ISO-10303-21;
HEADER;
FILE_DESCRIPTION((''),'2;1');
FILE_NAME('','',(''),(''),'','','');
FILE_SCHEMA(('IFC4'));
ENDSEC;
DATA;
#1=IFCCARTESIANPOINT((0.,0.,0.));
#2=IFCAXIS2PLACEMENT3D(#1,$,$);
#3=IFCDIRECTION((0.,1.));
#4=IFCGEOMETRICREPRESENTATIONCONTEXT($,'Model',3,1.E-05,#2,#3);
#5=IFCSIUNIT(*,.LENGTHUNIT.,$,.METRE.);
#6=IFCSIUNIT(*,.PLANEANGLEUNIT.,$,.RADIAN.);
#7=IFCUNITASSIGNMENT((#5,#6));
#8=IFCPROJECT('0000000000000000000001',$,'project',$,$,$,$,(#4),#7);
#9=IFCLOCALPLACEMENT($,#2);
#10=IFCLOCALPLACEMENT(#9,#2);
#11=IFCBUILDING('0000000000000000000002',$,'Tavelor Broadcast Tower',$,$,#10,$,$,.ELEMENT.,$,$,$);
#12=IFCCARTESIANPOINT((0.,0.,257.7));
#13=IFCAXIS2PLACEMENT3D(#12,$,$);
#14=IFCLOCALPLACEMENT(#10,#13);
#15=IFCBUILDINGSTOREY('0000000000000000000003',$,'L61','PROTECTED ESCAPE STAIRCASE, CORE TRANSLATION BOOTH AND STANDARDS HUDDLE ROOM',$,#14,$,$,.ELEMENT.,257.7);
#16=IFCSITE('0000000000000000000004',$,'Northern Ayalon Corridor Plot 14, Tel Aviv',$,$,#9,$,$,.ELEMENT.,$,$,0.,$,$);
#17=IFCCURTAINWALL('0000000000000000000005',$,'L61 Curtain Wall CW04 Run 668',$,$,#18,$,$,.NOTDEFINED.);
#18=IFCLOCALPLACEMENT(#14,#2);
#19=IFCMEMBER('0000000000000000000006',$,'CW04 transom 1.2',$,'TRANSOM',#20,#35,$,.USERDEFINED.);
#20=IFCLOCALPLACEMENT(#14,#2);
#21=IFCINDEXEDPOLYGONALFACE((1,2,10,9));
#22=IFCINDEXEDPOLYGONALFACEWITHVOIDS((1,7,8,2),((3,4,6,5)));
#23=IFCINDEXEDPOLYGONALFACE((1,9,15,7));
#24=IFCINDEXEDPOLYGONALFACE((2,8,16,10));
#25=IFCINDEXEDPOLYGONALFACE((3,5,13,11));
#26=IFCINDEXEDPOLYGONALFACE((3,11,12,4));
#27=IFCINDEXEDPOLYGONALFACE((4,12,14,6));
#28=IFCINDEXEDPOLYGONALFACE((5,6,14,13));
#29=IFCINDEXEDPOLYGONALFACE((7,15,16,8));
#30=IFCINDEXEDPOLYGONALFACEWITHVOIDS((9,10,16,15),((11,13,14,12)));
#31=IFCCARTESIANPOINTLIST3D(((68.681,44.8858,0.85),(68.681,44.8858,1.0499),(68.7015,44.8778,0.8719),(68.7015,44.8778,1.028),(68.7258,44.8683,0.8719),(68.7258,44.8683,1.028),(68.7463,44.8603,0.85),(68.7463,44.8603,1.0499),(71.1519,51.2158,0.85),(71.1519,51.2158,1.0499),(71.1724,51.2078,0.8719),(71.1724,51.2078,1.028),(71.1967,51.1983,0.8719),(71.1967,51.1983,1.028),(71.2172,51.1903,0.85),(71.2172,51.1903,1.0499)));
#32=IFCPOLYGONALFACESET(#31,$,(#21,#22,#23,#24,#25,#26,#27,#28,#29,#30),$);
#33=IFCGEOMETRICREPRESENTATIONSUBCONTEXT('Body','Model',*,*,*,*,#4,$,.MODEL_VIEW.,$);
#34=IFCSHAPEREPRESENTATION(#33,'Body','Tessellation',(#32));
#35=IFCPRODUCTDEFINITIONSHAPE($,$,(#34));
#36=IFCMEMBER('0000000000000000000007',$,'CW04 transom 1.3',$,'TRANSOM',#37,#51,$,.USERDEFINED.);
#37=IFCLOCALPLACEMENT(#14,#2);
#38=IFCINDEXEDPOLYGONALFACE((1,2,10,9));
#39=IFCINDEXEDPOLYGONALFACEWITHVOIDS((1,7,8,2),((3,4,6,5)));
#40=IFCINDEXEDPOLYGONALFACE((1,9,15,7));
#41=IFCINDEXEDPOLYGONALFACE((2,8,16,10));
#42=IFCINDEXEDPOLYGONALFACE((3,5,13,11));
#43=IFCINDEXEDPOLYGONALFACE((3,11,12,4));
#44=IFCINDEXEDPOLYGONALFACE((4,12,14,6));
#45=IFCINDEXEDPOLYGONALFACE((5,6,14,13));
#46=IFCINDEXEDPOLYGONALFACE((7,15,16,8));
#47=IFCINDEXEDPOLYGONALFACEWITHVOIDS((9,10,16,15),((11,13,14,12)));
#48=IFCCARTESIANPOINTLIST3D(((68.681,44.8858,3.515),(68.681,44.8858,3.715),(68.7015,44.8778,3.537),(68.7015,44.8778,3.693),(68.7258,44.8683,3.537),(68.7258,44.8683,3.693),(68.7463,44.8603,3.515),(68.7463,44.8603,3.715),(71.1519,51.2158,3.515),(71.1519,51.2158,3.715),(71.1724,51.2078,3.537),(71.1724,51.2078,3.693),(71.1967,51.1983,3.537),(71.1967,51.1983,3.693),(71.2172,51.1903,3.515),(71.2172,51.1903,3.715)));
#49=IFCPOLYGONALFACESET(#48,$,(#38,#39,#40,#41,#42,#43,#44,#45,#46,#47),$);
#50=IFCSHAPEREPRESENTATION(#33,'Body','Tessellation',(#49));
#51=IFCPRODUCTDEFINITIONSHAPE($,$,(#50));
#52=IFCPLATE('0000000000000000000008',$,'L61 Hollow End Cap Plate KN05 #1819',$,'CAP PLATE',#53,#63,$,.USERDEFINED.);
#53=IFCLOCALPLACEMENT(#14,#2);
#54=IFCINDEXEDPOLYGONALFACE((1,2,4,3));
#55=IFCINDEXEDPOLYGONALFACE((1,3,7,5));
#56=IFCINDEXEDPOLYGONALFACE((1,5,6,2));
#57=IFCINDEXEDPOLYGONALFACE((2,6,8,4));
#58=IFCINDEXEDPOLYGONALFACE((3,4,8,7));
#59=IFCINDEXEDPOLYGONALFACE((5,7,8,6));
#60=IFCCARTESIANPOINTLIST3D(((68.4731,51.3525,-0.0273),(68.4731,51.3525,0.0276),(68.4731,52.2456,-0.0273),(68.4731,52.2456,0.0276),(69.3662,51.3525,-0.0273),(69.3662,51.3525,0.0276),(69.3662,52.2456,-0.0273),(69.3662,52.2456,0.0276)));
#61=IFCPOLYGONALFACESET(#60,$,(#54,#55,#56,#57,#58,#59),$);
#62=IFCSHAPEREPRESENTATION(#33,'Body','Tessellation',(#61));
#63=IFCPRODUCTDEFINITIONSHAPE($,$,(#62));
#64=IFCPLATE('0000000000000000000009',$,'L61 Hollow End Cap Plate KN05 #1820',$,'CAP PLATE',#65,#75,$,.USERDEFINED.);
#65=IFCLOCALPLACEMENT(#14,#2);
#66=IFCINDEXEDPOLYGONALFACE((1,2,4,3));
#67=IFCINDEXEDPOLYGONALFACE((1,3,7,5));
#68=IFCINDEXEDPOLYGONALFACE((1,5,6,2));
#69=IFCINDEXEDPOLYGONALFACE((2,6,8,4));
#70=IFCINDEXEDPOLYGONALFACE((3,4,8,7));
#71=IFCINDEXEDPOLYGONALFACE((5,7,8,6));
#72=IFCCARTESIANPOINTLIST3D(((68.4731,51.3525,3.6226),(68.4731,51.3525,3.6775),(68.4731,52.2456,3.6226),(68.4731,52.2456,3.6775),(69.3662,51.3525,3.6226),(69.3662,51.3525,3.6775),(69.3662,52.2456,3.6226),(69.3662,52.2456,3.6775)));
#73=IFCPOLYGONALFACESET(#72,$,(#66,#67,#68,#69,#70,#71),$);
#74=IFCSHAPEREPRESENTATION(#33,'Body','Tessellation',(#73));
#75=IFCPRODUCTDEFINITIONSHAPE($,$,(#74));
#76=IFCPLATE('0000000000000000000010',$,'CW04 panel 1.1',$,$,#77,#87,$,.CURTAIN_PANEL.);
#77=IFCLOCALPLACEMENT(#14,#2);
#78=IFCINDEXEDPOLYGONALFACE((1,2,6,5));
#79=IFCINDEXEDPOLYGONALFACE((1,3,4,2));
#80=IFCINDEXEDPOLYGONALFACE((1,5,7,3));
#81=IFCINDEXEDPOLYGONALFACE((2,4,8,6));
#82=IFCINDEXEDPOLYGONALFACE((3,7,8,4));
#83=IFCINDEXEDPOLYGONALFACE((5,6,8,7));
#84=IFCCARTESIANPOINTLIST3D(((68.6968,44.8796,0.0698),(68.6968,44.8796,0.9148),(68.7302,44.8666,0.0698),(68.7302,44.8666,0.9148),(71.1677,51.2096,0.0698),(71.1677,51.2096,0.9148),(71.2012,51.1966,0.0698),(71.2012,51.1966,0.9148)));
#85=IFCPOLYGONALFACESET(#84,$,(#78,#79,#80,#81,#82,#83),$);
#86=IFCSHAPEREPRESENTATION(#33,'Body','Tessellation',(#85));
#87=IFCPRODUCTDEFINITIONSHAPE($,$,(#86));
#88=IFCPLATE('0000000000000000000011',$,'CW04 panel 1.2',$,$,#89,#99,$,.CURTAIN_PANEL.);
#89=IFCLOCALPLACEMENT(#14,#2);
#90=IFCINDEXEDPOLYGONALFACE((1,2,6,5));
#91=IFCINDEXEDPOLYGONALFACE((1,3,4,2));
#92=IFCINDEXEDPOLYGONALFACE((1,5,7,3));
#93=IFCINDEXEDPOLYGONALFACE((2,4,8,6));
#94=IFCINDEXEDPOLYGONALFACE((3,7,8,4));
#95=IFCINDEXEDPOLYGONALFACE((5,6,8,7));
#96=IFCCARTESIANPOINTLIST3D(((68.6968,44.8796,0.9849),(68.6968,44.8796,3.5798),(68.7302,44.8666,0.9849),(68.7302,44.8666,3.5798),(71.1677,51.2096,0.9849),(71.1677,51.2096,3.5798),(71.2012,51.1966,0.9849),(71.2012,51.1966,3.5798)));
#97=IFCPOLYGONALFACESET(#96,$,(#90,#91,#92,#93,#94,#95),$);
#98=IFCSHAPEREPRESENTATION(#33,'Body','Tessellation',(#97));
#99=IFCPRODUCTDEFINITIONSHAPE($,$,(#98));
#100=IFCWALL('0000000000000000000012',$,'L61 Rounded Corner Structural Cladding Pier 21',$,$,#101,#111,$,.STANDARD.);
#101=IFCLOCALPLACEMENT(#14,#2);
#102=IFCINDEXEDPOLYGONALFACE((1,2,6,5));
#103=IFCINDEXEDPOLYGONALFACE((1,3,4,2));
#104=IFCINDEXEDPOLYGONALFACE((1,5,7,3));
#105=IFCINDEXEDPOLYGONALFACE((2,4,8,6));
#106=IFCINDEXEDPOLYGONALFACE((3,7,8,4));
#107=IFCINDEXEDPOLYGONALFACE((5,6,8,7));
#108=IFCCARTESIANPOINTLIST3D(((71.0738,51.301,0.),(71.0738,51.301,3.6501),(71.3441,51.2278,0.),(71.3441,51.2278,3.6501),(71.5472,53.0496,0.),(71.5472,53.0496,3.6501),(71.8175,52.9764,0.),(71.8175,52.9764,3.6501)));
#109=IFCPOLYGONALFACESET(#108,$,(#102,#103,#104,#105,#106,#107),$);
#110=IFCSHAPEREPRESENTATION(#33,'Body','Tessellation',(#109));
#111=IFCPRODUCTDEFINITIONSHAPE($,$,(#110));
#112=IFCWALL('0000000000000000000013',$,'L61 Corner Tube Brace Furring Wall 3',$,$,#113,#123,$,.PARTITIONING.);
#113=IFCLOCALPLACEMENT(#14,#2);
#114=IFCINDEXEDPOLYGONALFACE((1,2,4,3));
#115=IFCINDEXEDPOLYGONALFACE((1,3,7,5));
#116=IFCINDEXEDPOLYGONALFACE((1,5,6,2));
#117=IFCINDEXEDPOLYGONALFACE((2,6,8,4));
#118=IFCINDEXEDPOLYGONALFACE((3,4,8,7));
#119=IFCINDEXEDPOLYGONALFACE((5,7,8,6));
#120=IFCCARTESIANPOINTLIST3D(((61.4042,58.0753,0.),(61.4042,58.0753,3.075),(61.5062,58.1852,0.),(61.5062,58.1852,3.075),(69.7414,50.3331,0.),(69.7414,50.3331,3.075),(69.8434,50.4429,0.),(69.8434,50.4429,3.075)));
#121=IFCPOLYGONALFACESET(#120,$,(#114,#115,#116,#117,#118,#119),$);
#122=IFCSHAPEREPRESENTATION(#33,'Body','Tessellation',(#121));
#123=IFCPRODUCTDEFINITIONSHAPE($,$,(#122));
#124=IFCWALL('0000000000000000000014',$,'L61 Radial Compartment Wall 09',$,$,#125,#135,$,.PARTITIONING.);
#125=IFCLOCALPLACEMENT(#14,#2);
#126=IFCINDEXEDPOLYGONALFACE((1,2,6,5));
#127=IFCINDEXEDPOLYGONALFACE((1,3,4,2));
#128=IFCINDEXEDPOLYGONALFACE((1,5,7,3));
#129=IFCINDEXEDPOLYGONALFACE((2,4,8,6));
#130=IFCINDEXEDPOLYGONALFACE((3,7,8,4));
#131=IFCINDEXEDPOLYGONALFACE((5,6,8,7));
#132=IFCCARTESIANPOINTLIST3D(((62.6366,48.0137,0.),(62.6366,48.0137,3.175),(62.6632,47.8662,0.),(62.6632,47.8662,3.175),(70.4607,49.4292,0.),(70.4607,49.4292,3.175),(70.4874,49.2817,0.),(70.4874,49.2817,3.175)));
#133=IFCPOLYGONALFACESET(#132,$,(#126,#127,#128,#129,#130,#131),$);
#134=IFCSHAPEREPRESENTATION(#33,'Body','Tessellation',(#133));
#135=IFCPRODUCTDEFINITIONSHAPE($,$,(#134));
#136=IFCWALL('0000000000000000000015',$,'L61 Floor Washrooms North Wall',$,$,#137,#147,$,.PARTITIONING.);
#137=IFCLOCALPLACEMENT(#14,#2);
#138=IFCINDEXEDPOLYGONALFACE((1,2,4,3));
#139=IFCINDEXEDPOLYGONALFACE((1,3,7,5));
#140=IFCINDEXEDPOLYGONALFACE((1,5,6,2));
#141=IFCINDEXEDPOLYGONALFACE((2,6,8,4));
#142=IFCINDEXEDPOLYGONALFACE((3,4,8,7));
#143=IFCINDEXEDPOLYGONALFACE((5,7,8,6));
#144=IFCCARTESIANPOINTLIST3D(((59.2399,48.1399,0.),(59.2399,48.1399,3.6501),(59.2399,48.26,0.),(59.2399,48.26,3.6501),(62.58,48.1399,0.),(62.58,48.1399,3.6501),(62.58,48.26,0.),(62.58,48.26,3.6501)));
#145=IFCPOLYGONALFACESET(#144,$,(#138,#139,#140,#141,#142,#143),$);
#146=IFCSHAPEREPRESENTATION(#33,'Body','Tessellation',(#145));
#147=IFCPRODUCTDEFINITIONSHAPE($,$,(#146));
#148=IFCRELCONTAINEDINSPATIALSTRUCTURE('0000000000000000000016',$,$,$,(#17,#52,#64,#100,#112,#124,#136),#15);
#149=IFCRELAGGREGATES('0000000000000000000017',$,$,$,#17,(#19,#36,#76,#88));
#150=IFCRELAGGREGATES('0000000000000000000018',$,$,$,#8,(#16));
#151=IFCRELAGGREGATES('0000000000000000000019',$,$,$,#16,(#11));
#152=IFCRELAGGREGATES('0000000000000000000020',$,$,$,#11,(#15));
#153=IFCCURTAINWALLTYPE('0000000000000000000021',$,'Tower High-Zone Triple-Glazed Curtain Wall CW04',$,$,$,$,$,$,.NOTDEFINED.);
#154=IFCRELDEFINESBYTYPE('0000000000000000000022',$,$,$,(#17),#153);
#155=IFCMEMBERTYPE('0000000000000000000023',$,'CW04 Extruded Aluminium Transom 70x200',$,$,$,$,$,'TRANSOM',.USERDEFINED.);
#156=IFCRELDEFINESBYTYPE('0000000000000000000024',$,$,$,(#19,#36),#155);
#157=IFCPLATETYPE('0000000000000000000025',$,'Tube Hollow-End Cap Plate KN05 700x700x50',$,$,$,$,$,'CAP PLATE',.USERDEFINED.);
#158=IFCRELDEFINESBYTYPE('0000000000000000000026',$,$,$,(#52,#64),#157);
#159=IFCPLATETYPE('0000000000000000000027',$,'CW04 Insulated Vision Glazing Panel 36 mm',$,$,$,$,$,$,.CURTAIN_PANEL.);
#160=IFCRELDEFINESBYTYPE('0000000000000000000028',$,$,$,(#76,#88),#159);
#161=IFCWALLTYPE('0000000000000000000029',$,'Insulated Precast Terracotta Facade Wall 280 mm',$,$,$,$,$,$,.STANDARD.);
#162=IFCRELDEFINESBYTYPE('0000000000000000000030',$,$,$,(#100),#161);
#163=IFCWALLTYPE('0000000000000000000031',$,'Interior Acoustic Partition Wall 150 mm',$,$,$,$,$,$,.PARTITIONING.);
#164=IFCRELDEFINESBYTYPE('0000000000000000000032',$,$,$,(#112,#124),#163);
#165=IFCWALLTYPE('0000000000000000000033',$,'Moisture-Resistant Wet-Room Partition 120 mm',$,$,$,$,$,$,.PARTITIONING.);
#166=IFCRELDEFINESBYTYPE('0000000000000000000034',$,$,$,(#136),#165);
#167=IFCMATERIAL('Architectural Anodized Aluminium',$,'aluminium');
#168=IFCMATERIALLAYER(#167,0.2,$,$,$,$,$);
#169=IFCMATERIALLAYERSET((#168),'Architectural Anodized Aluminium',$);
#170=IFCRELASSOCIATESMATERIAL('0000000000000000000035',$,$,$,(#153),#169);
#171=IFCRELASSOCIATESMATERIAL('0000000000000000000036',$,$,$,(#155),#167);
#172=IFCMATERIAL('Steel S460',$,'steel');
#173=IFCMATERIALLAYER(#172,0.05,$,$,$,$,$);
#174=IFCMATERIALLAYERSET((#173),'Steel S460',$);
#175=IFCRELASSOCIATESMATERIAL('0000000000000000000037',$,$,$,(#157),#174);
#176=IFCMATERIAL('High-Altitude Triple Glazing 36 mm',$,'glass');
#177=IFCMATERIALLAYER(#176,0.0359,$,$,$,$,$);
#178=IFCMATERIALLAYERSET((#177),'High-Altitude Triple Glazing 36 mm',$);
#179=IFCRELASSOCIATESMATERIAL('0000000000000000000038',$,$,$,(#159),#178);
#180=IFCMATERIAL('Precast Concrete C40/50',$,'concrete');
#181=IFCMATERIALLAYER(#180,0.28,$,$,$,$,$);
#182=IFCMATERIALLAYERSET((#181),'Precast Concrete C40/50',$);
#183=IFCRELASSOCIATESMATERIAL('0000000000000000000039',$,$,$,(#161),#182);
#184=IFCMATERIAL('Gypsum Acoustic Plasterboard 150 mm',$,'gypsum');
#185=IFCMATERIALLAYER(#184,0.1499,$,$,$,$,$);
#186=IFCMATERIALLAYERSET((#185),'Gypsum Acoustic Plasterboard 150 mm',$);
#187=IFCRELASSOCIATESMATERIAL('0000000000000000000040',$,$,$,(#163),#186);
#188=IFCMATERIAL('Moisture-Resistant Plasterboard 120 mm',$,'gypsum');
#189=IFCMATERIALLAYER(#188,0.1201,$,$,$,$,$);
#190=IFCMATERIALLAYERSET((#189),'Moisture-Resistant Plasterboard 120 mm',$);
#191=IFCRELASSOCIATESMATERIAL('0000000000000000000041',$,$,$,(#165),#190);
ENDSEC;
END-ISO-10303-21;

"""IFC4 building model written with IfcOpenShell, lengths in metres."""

from ifc_helpers import new_model, si_unit, direction, frame, frame_2d, origin, origin_2d, place, context, subcontext, project, spatial, rectangle, hollow_rectangle, extrude, source, transform, mapped, material, layer, layer_set, material_profile, profile_set, type_object, type_shapes, element, aggregate, save


model = new_model("IFC4")

# Units and contexts
model_context = context("Model", 3, precision=1e-05, world=origin(), true_north=direction((0.0, 1.0)))
body_context = subcontext(model_context, "Body", "Model", "MODEL_VIEW")
ifc_project = project(units=[si_unit("LENGTHUNIT", "METRE"), si_unit("PLANEANGLEUNIT", "RADIAN")], contexts=[model_context])

# Site, building, storey
site_placement = place(None, origin())
site = spatial("IfcSite", under=ifc_project, at=site_placement, Name="Northern Ayalon Corridor Plot 14, Tel Aviv", CompositionType="ELEMENT", RefElevation=0.0)
building_placement = place(site_placement, origin())
building = spatial("IfcBuilding", under=site, at=building_placement, Name="Tavelor Broadcast Tower", CompositionType="ELEMENT")
storey_placement = place(building_placement, frame((0.0, 0.0, 257.7)))
storey = spatial("IfcBuildingStorey", under=building, at=storey_placement, Name="L61", Description="PROTECTED ESCAPE STAIRCASE, CORE TRANSLATION BOOTH AND STANDARDS HUDDLE ROOM", CompositionType="ELEMENT", Elevation=257.7)

# Shared definitions
ifc_material_1 = material(Name="Steel S460", Category="steel")

# Curtain wall, members
ifc_material_2 = material(Name="Architectural Anodized Aluminium", Category="aluminium")
ifc_layer_1 = layer(ifc_material_2, 0.2)
ifc_layer_set_1 = layer_set([ifc_layer_1], Name="Architectural Anodized Aluminium")
curtain_wall_type = type_object("IfcCurtainWallType", Name="Tower High-Zone Triple-Glazed Curtain Wall CW04", PredefinedType="NOTDEFINED", material=ifc_layer_set_1)
curtain_wall_placement = place(storey_placement, origin())
curtain_wall = element("IfcCurtainWall", 1, at=curtain_wall_placement, inside=storey, type_object=curtain_wall_type, Name="L61 Curtain Wall CW04 Run 668", PredefinedType="NOTDEFINED")
ifc_material_profile_1 = material_profile(ifc_material_2, hollow_rectangle(XDim=0.0701, YDim=0.2, WallThickness=0.022, at=origin_2d()), Name="RHS 70x200x22")
ifc_profile_set_1 = profile_set([ifc_material_profile_1], Name="Architectural Anodized Aluminium")
member_type_1 = type_object("IfcMemberType", Name="CW04 Extruded Aluminium Transom 70x200", ElementType="TRANSOM", PredefinedType="USERDEFINED", material=ifc_profile_set_1)
shared_shape_1 = source(origin(), body_context, "Body", "SweptSolid", [
    extrude(hollow_rectangle(XDim=0.0701, YDim=0.2, WallThickness=0.022, at=origin_2d()), origin(), (0.0, 0.0, 1.0), 6.7952),
])
type_shapes(member_type_1, [shared_shape_1])
member_1_placement = place(storey_placement, frame((68.7136, 44.873, 0.95), z_axis=(0.363628, 0.931544, 0.0), x_axis=(-0.931544, 0.363628, 0.0)))
member_1 = element("IfcMember", 2, at=member_1_placement, type_object=member_type_1, Name="CW04 transom 1.2", ObjectType="TRANSOM", PredefinedType="USERDEFINED", context=body_context, shape_type="MappedRepresentation", body=[
    mapped(shared_shape_1, transform((0.0, 0.0, 0.0), scale=1.0)),
])
member_2_placement = place(storey_placement, frame((68.7136, 44.873, 3.615), z_axis=(0.363628, 0.931544, 0.0), x_axis=(-0.931544, 0.363628, 0.0)))
member_2 = element("IfcMember", 3, at=member_2_placement, type_object=member_type_1, Name="CW04 transom 1.3", ObjectType="TRANSOM", PredefinedType="USERDEFINED", context=body_context, shape_type="MappedRepresentation", body=[
    mapped(shared_shape_1, transform((0.0, 0.0, 0.0), scale=1.0)),
])

# Plates
ifc_layer_2 = layer(ifc_material_1, 0.05)
ifc_layer_set_2 = layer_set([ifc_layer_2], Name="Steel S460")
plate_type_1 = type_object("IfcPlateType", Name="Tube Hollow-End Cap Plate KN05 700x700x50", ElementType="CAP PLATE", PredefinedType="USERDEFINED", material=ifc_layer_set_2)
shared_shape_2 = source(origin(), body_context, "Body", "SweptSolid", [
    extrude(rectangle(XDim=0.8931, YDim=0.8931, at=origin_2d()), origin(), (0.0, 0.0, 1.0), 0.0549),
])
type_shapes(plate_type_1, [shared_shape_2])
for number, where, z_axis, x_axis, name in (
    (4, (68.9197, 51.7991, -0.0273), (0.0, 0.0, 1.0), (1.0, 0.0, 0.0), "L61 Hollow End Cap Plate KN05 #1819"),
    (5, (68.9197, 51.7991, 3.6226), (0.0, 0.0, 1.0), (1.0, 0.0, 0.0), "L61 Hollow End Cap Plate KN05 #1820"),
):
    element("IfcPlate", number, at=place(storey_placement, frame(where, z_axis=z_axis, x_axis=x_axis)), inside=storey, type_object=plate_type_1, Name=name, ObjectType="CAP PLATE", PredefinedType="USERDEFINED", context=body_context, shape_type="MappedRepresentation", body=[
        mapped(shared_shape_2, transform((0.0, 0.0, 0.0), scale=1.0)),
    ])

# Plates
ifc_material_3 = material(Name="High-Altitude Triple Glazing 36 mm", Category="glass")
ifc_layer_3 = layer(ifc_material_3, 0.0359)
ifc_layer_set_3 = layer_set([ifc_layer_3], Name="High-Altitude Triple Glazing 36 mm")
plate_type_2 = type_object("IfcPlateType", Name="CW04 Insulated Vision Glazing Panel 36 mm", PredefinedType="CURTAIN_PANEL", material=ifc_layer_set_3)
shared_shape_3 = source(origin(), body_context, "Body", "SweptSolid", [
    extrude(rectangle(XDim=6.7952, YDim=0.0359, at=origin_2d()), origin(), (0.0, 0.0, 1.0), 0.845),
])
plate_1_placement = place(storey_placement, frame((69.949, 48.0381, 0.0698), z_axis=(0.0, 0.0, 1.0), x_axis=(0.363634, 0.931542, 0.0)))
plate_1 = element("IfcPlate", 6, at=plate_1_placement, type_object=plate_type_2, Name="CW04 panel 1.1", PredefinedType="CURTAIN_PANEL", context=body_context, shape_type="MappedRepresentation", body=[
    mapped(shared_shape_3, transform((0.0, 0.0, 0.0), scale=1.0)),
])
shared_shape_4 = source(origin(), body_context, "Body", "SweptSolid", [
    extrude(rectangle(XDim=6.7952, YDim=0.0359, at=origin_2d()), origin(), (0.0, 0.0, 1.0), 2.595),
])
type_shapes(plate_type_2, [shared_shape_3, shared_shape_4])
plate_2_placement = place(storey_placement, frame((69.949, 48.0381, 0.9849), z_axis=(0.0, 0.0, 1.0), x_axis=(0.363634, 0.931542, 0.0)))
plate_2 = element("IfcPlate", 7, at=plate_2_placement, type_object=plate_type_2, Name="CW04 panel 1.2", PredefinedType="CURTAIN_PANEL", context=body_context, shape_type="MappedRepresentation", body=[
    mapped(shared_shape_4, transform((0.0, 0.0, 0.0), scale=1.0)),
])
aggregate(curtain_wall, [member_1, member_2, plate_1, plate_2])

# Walls
ifc_material_4 = material(Name="Precast Concrete C40/50", Category="concrete")
ifc_layer_4 = layer(ifc_material_4, 0.28)
ifc_layer_set_4 = layer_set([ifc_layer_4], Name="Precast Concrete C40/50")
wall_type_1 = type_object("IfcWallType", Name="Insulated Precast Terracotta Facade Wall 280 mm", PredefinedType="STANDARD", material=ifc_layer_set_4)
wall_1_placement = place(storey_placement, frame((71.209, 51.2644, 0.0), z_axis=(0.0, 0.0, 1.0), x_axis=(0.261327, 0.96525, 0.0)))
element("IfcWall", 8, at=wall_1_placement, inside=storey, type_object=wall_type_1, Name="L61 Rounded Corner Structural Cladding Pier 21", PredefinedType="STANDARD", context=body_context, shape_type="SweptSolid", body=[
    extrude(rectangle(XDim=1.8115, YDim=0.28, at=frame_2d((0.9058, 0.0))), origin(), (0.0, 0.0, 1.0), 3.6501),
])
ifc_material_5 = material(Name="Gypsum Acoustic Plasterboard 150 mm", Category="gypsum")
ifc_layer_5 = layer(ifc_material_5, 0.1499)
ifc_layer_set_5 = layer_set([ifc_layer_5], Name="Gypsum Acoustic Plasterboard 150 mm")
wall_type_2 = type_object("IfcWallType", Name="Interior Acoustic Partition Wall 150 mm", PredefinedType="PARTITIONING", material=ifc_layer_set_5)
wall_2_placement = place(storey_placement, frame((69.7925, 50.3879, 0.0), z_axis=(0.0, 0.0, 1.0), x_axis=(-0.73277, 0.680477, 0.0)))
element("IfcWall", 9, at=wall_2_placement, inside=storey, type_object=wall_type_2, Name="L61 Corner Tube Brace Furring Wall 3", PredefinedType="PARTITIONING", context=body_context, shape_type="SweptSolid", body=[
    extrude(rectangle(XDim=11.3777, YDim=0.1499, at=frame_2d((5.689, 0.0))), origin(), (0.0, 0.0, 1.0), 3.075),
])
wall_3_placement = place(storey_placement, frame((62.6499, 47.9399, 0.0), z_axis=(0.0, 0.0, 1.0), x_axis=(0.984026, 0.178026, 0.0)))
element("IfcWall", 10, at=wall_3_placement, inside=storey, type_object=wall_type_2, Name="L61 Radial Compartment Wall 09", PredefinedType="PARTITIONING", context=body_context, shape_type="SweptSolid", body=[
    extrude(rectangle(XDim=7.9512, YDim=0.1499, at=frame_2d((3.9756, 0.0))), origin(), (0.0, 0.0, 1.0), 3.175),
])
ifc_material_6 = material(Name="Moisture-Resistant Plasterboard 120 mm", Category="gypsum")
ifc_layer_6 = layer(ifc_material_6, 0.1201)
ifc_layer_set_6 = layer_set([ifc_layer_6], Name="Moisture-Resistant Plasterboard 120 mm")
wall_type_3 = type_object("IfcWallType", Name="Moisture-Resistant Wet-Room Partition 120 mm", PredefinedType="PARTITIONING", material=ifc_layer_set_6)
wall_4_placement = place(storey_placement, frame((59.24, 48.2, 0.0), z_axis=(0.0, 0.0, 1.0), x_axis=(1.0, 0.0, 0.0)))
element("IfcWall", 11, at=wall_4_placement, inside=storey, type_object=wall_type_3, Name="L61 Floor Washrooms North Wall", PredefinedType="PARTITIONING", context=body_context, shape_type="SweptSolid", body=[
    extrude(rectangle(XDim=3.3401, YDim=0.1201, at=frame_2d((1.6699, 0.0))), origin(), (0.0, 0.0, 1.0), 3.6501),
])

save(model, "model.ifc")
